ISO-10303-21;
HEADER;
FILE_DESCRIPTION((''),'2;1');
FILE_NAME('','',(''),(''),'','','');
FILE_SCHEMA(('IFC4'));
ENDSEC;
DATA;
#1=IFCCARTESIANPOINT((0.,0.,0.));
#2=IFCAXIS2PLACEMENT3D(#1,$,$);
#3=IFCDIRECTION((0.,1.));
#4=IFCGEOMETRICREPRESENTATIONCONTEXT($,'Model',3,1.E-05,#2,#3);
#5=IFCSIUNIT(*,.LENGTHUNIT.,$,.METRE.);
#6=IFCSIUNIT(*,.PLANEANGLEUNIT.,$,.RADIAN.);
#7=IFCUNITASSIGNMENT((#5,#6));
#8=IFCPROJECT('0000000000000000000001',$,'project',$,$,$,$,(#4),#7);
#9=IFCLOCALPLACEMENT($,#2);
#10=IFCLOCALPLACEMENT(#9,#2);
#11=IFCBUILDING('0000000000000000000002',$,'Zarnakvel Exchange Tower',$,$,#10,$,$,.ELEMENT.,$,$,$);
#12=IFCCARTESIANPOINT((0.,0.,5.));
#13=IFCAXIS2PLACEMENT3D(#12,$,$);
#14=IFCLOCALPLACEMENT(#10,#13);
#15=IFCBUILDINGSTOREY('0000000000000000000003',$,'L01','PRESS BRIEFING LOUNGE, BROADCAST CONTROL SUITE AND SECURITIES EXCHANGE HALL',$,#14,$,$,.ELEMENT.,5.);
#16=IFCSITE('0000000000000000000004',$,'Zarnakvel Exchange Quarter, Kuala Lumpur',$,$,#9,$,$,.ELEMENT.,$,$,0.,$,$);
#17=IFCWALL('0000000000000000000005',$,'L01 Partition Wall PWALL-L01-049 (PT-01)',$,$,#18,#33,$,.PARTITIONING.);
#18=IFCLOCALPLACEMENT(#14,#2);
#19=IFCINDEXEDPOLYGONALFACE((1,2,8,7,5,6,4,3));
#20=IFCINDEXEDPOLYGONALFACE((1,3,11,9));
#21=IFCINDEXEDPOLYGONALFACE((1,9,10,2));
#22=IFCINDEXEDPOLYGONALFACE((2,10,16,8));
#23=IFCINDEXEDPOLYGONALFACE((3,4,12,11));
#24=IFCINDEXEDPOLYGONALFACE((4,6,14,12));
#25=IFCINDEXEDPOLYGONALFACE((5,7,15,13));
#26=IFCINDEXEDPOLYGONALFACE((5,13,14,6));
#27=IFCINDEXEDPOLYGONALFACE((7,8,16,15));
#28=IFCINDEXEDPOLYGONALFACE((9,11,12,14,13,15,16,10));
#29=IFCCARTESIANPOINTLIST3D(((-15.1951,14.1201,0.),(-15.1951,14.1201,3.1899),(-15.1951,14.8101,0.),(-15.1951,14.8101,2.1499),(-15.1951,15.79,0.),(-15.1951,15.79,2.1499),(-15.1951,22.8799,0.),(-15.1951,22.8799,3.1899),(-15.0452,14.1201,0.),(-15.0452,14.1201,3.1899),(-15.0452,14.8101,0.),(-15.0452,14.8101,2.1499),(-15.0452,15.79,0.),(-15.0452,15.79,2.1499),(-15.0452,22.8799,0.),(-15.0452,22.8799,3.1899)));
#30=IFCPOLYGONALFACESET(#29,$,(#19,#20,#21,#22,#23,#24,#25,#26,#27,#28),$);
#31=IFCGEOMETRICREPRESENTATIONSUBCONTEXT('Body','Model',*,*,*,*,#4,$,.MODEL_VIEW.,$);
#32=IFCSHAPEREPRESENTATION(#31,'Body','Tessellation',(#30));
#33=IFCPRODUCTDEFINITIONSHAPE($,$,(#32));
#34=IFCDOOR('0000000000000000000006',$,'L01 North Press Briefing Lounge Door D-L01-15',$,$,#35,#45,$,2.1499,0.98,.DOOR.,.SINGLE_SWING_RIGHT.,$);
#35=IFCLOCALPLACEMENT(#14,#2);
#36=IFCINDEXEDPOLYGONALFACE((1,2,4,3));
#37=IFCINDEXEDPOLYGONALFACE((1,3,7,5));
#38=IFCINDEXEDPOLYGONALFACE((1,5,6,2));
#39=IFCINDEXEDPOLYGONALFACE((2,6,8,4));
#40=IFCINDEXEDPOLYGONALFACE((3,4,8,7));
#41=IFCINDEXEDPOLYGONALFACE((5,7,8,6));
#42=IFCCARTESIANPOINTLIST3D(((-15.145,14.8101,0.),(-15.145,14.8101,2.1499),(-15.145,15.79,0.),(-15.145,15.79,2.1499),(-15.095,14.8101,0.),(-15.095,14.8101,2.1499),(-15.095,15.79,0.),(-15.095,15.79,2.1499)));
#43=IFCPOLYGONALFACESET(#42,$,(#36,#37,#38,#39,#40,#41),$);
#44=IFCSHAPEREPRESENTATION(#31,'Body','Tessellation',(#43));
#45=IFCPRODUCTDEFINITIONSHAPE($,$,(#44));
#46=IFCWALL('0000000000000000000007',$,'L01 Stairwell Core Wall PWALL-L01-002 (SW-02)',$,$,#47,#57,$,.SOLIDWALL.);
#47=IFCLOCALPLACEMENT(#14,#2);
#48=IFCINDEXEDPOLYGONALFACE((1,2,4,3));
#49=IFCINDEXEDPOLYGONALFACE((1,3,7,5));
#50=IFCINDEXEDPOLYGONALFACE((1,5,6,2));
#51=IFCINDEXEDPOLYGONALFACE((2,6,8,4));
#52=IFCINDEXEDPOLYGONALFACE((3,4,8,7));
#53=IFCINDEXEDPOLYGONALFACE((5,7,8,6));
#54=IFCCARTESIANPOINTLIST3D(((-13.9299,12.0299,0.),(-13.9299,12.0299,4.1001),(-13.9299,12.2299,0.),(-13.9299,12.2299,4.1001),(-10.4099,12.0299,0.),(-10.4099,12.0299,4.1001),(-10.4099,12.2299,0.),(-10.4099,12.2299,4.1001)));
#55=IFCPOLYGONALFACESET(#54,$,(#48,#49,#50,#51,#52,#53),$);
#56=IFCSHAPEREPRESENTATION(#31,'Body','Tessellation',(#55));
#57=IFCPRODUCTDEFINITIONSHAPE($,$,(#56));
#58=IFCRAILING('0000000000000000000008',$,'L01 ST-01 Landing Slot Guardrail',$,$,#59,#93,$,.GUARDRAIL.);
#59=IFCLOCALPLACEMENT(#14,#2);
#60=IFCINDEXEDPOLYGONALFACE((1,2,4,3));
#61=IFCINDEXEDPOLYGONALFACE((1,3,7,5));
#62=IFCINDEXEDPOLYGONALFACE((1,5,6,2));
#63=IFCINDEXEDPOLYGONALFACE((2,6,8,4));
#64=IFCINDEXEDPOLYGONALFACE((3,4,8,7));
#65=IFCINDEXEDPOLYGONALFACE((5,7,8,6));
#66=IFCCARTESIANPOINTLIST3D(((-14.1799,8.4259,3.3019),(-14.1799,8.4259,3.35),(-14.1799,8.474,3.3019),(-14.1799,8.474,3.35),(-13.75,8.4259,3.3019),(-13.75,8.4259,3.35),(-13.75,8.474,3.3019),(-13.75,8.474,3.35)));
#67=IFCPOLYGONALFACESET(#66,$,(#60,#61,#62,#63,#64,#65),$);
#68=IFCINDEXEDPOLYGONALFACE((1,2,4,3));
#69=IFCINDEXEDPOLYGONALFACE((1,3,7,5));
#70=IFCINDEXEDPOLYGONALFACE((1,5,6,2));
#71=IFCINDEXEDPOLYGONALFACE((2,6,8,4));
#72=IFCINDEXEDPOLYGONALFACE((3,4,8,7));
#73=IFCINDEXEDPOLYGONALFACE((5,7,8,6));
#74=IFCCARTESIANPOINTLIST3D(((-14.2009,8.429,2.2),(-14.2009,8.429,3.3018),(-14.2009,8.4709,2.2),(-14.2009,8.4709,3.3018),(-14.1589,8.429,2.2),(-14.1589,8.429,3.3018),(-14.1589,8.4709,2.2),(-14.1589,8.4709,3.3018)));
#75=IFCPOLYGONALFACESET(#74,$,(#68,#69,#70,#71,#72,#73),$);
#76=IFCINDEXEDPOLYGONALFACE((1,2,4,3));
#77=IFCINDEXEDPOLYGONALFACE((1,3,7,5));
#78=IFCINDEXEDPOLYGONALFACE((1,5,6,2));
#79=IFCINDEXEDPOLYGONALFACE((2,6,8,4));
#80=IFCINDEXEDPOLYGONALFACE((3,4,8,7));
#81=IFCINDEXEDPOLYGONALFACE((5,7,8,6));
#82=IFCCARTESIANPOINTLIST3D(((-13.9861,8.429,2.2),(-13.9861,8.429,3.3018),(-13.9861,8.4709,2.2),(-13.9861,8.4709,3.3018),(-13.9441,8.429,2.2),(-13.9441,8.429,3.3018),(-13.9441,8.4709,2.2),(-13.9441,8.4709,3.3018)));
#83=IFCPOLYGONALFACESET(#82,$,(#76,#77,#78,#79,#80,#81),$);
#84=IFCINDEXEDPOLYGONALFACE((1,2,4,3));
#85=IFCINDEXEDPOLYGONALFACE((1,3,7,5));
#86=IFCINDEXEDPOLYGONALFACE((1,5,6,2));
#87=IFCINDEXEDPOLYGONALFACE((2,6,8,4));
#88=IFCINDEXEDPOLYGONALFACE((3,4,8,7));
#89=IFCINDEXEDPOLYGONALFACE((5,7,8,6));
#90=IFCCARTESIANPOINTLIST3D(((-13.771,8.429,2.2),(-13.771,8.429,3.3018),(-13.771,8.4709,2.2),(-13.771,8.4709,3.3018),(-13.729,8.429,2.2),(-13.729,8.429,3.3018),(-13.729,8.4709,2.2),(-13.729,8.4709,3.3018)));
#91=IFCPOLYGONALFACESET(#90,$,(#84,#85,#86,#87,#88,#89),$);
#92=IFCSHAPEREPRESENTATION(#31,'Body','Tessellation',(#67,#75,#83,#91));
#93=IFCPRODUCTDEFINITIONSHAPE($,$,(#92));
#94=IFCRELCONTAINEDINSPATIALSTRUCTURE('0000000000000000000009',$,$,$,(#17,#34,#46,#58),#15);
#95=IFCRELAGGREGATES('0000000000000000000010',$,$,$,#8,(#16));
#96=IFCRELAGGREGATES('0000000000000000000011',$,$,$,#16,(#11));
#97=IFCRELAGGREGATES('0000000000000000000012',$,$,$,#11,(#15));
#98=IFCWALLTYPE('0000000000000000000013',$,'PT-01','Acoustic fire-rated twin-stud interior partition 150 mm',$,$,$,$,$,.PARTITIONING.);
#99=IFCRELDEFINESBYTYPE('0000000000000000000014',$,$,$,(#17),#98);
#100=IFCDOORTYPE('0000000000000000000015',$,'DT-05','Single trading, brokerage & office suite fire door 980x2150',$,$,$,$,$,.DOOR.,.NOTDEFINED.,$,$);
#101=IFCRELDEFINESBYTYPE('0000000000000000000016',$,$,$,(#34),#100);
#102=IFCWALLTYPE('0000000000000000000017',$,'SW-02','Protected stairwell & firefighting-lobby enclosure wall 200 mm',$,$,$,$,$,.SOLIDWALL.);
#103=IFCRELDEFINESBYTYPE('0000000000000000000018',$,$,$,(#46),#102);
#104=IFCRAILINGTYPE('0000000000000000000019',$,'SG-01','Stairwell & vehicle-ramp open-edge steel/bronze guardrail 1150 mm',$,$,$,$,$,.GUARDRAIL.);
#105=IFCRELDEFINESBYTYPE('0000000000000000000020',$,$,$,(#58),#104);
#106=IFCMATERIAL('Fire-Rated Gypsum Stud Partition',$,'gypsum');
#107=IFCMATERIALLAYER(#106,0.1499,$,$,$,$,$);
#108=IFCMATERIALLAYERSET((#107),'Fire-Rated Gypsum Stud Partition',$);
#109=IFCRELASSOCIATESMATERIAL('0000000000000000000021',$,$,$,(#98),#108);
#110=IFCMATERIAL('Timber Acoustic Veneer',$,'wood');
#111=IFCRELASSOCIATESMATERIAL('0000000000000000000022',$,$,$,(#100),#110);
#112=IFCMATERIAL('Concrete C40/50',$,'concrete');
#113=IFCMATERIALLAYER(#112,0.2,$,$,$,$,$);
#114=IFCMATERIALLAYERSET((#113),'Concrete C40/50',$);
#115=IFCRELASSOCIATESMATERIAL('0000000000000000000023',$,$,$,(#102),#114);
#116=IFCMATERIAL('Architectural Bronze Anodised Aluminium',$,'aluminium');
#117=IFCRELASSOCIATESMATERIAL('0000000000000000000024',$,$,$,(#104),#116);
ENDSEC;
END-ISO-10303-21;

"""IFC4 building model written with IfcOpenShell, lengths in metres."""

from ifc_helpers import new_model, si_unit, direction, frame, frame_2d, origin, origin_2d, place, context, subcontext, project, spatial, rectangle, extrude, source, transform, mapped, material, layer, layer_set, type_object, element, fill, save


model = new_model("IFC4")

# Units and contexts
model_context = context("Model", 3, precision=1e-05, world=origin(), true_north=direction((0.0, 1.0)))
body_context = subcontext(model_context, "Body", "Model", "MODEL_VIEW")
ifc_project = project(units=[si_unit("LENGTHUNIT", "METRE"), si_unit("PLANEANGLEUNIT", "RADIAN")], contexts=[model_context])

# Site, building, storey
site_placement = place(None, origin())
site = spatial("IfcSite", under=ifc_project, at=site_placement, Name="Zarnakvel Exchange Quarter, Kuala Lumpur", CompositionType="ELEMENT", RefElevation=0.0)
building_placement = place(site_placement, origin())
building = spatial("IfcBuilding", under=site, at=building_placement, Name="Zarnakvel Exchange Tower", CompositionType="ELEMENT")
storey_placement = place(building_placement, frame((0.0, 0.0, 5.0)))
storey = spatial("IfcBuildingStorey", under=building, at=storey_placement, Name="L01", Description="PRESS BRIEFING LOUNGE, BROADCAST CONTROL SUITE AND SECURITIES EXCHANGE HALL", CompositionType="ELEMENT", Elevation=5.0)

# Shared definitions
ifc_material_1 = material(Name="Architectural Bronze Anodised Aluminium", Category="aluminium")

# Shared definitions
ifc_material_2 = material(Name="Fire-Rated Gypsum Stud Partition", Category="gypsum")
ifc_layer_1 = layer(ifc_material_2, 0.1499)
ifc_layer_set_1 = layer_set([ifc_layer_1], Name="Fire-Rated Gypsum Stud Partition")
wall_type_1 = type_object("IfcWallType", Name="PT-01", Description="Acoustic fire-rated twin-stud interior partition 150 mm", PredefinedType="PARTITIONING", material=ifc_layer_set_1)
ifc_material_3 = material(Name="Timber Acoustic Veneer", Category="wood")
door_type = type_object("IfcDoorType", Name="DT-05", Description="Single trading, brokerage & office suite fire door 980x2150", OperationType="NOTDEFINED", PredefinedType="DOOR", material=ifc_material_3)
shared_shape_1 = source(origin(), body_context, "Body", "SweptSolid", [
    extrude(rectangle(XDim=0.98, YDim=2.1499, at=frame_2d((0.49, 1.075))), frame((0.0, 0.0249, 0.0), z_axis=(0.0, -1.0, 0.0), x_axis=(1.0, 0.0, 0.0)), (0.0, 0.0, 1.0), 0.05),
])

# Wall, opening, door
wall_1_placement = place(storey_placement, frame((-15.1201, 14.1201, 0.0), z_axis=(0.0, 0.0, 1.0), x_axis=(0.0, 1.0, 0.0)))
wall_1 = element("IfcWall", 1, at=wall_1_placement, inside=storey, type_object=wall_type_1, Name="L01 Partition Wall PWALL-L01-049 (PT-01)", PredefinedType="PARTITIONING", context=body_context, shape_type="SweptSolid", body=[
    extrude(rectangle(XDim=8.7598, YDim=0.1499, at=frame_2d((4.3799, 0.0))), origin(), (0.0, 0.0, 1.0), 3.1899),
])
opening_1_placement = place(wall_1_placement, frame((0.6899, 0.0, 0.0)))
opening_1 = element("IfcOpeningElement", 2, at=opening_1_placement, cuts=wall_1, PredefinedType="OPENING", context=body_context, shape_type="SweptSolid", body=[
    extrude(rectangle(XDim=0.98, YDim=2.1499, at=frame_2d((0.49, 1.075))), frame((0.0, 0.085, 0.0), z_axis=(0.0, -1.0, 0.0), x_axis=(1.0, 0.0, 0.0)), (0.0, 0.0, 1.0), 0.1699),
])
door_1_placement = place(opening_1_placement, origin())
door_1 = element("IfcDoor", 3, at=door_1_placement, inside=storey, type_object=door_type, Name="L01 North Press Briefing Lounge Door D-L01-15", OperationType="SINGLE_SWING_RIGHT", OverallHeight=2.1499, OverallWidth=0.98, PredefinedType="DOOR", context=body_context, shape_type="MappedRepresentation", body=[
    mapped(shared_shape_1, transform((0.0, 0.0, 0.0), x_axis=(1.0, 0.0, 0.0), y_axis=(0.0, 1.0, 0.0), z_axis=(0.0, 0.0, 1.0), scale=1.0)),
])
fill(opening_1, door_1)

# Wall
ifc_material_4 = material(Name="Concrete C40/50", Category="concrete")
ifc_layer_2 = layer(ifc_material_4, 0.2)
ifc_layer_set_2 = layer_set([ifc_layer_2], Name="Concrete C40/50")
wall_type_2 = type_object("IfcWallType", Name="SW-02", Description="Protected stairwell & firefighting-lobby enclosure wall 200 mm", PredefinedType="SOLIDWALL", material=ifc_layer_set_2)
wall_2_placement = place(storey_placement, frame((-13.9299, 12.1299, 0.0), z_axis=(0.0, 0.0, 1.0), x_axis=(1.0, 0.0, 0.0)))
element("IfcWall", 4, at=wall_2_placement, inside=storey, type_object=wall_type_2, Name="L01 Stairwell Core Wall PWALL-L01-002 (SW-02)", PredefinedType="SOLIDWALL", context=body_context, shape_type="SweptSolid", body=[
    extrude(rectangle(XDim=3.52, YDim=0.2, at=frame_2d((1.76, 0.0))), origin(), (0.0, 0.0, 1.0), 4.1001),
])

# Railing
railing_type = type_object("IfcRailingType", Name="SG-01", Description="Stairwell & vehicle-ramp open-edge steel/bronze guardrail 1150 mm", PredefinedType="GUARDRAIL", material=ifc_material_1)
railing_placement = place(storey_placement, frame((-14.1799, 8.45, 2.2)))
element("IfcRailing", 5, at=railing_placement, inside=storey, type_object=railing_type, Name="L01 ST-01 Landing Slot Guardrail", PredefinedType="GUARDRAIL", context=body_context, shape_type="SweptSolid", body=[
    extrude(rectangle(XDim=0.0481, YDim=0.0481, at=origin_2d()), frame((0.0, 0.0, 1.126), z_axis=(1.0, 0.0, 0.0), x_axis=(0.0, 1.0, 0.0)), (0.0, 0.0, 1.0), 0.4299),
    extrude(rectangle(XDim=0.042, YDim=0.042, at=origin_2d()), origin(), (0.0, 0.0, 1.0), 1.1018),
    extrude(rectangle(XDim=0.042, YDim=0.042, at=origin_2d()), frame((0.2148, 0.0, 0.0)), (0.0, 0.0, 1.0), 1.1018),
    extrude(rectangle(XDim=0.042, YDim=0.042, at=origin_2d()), frame((0.4299, 0.0, 0.0)), (0.0, 0.0, 1.0), 1.1018),
])

save(model, "model.ifc")
